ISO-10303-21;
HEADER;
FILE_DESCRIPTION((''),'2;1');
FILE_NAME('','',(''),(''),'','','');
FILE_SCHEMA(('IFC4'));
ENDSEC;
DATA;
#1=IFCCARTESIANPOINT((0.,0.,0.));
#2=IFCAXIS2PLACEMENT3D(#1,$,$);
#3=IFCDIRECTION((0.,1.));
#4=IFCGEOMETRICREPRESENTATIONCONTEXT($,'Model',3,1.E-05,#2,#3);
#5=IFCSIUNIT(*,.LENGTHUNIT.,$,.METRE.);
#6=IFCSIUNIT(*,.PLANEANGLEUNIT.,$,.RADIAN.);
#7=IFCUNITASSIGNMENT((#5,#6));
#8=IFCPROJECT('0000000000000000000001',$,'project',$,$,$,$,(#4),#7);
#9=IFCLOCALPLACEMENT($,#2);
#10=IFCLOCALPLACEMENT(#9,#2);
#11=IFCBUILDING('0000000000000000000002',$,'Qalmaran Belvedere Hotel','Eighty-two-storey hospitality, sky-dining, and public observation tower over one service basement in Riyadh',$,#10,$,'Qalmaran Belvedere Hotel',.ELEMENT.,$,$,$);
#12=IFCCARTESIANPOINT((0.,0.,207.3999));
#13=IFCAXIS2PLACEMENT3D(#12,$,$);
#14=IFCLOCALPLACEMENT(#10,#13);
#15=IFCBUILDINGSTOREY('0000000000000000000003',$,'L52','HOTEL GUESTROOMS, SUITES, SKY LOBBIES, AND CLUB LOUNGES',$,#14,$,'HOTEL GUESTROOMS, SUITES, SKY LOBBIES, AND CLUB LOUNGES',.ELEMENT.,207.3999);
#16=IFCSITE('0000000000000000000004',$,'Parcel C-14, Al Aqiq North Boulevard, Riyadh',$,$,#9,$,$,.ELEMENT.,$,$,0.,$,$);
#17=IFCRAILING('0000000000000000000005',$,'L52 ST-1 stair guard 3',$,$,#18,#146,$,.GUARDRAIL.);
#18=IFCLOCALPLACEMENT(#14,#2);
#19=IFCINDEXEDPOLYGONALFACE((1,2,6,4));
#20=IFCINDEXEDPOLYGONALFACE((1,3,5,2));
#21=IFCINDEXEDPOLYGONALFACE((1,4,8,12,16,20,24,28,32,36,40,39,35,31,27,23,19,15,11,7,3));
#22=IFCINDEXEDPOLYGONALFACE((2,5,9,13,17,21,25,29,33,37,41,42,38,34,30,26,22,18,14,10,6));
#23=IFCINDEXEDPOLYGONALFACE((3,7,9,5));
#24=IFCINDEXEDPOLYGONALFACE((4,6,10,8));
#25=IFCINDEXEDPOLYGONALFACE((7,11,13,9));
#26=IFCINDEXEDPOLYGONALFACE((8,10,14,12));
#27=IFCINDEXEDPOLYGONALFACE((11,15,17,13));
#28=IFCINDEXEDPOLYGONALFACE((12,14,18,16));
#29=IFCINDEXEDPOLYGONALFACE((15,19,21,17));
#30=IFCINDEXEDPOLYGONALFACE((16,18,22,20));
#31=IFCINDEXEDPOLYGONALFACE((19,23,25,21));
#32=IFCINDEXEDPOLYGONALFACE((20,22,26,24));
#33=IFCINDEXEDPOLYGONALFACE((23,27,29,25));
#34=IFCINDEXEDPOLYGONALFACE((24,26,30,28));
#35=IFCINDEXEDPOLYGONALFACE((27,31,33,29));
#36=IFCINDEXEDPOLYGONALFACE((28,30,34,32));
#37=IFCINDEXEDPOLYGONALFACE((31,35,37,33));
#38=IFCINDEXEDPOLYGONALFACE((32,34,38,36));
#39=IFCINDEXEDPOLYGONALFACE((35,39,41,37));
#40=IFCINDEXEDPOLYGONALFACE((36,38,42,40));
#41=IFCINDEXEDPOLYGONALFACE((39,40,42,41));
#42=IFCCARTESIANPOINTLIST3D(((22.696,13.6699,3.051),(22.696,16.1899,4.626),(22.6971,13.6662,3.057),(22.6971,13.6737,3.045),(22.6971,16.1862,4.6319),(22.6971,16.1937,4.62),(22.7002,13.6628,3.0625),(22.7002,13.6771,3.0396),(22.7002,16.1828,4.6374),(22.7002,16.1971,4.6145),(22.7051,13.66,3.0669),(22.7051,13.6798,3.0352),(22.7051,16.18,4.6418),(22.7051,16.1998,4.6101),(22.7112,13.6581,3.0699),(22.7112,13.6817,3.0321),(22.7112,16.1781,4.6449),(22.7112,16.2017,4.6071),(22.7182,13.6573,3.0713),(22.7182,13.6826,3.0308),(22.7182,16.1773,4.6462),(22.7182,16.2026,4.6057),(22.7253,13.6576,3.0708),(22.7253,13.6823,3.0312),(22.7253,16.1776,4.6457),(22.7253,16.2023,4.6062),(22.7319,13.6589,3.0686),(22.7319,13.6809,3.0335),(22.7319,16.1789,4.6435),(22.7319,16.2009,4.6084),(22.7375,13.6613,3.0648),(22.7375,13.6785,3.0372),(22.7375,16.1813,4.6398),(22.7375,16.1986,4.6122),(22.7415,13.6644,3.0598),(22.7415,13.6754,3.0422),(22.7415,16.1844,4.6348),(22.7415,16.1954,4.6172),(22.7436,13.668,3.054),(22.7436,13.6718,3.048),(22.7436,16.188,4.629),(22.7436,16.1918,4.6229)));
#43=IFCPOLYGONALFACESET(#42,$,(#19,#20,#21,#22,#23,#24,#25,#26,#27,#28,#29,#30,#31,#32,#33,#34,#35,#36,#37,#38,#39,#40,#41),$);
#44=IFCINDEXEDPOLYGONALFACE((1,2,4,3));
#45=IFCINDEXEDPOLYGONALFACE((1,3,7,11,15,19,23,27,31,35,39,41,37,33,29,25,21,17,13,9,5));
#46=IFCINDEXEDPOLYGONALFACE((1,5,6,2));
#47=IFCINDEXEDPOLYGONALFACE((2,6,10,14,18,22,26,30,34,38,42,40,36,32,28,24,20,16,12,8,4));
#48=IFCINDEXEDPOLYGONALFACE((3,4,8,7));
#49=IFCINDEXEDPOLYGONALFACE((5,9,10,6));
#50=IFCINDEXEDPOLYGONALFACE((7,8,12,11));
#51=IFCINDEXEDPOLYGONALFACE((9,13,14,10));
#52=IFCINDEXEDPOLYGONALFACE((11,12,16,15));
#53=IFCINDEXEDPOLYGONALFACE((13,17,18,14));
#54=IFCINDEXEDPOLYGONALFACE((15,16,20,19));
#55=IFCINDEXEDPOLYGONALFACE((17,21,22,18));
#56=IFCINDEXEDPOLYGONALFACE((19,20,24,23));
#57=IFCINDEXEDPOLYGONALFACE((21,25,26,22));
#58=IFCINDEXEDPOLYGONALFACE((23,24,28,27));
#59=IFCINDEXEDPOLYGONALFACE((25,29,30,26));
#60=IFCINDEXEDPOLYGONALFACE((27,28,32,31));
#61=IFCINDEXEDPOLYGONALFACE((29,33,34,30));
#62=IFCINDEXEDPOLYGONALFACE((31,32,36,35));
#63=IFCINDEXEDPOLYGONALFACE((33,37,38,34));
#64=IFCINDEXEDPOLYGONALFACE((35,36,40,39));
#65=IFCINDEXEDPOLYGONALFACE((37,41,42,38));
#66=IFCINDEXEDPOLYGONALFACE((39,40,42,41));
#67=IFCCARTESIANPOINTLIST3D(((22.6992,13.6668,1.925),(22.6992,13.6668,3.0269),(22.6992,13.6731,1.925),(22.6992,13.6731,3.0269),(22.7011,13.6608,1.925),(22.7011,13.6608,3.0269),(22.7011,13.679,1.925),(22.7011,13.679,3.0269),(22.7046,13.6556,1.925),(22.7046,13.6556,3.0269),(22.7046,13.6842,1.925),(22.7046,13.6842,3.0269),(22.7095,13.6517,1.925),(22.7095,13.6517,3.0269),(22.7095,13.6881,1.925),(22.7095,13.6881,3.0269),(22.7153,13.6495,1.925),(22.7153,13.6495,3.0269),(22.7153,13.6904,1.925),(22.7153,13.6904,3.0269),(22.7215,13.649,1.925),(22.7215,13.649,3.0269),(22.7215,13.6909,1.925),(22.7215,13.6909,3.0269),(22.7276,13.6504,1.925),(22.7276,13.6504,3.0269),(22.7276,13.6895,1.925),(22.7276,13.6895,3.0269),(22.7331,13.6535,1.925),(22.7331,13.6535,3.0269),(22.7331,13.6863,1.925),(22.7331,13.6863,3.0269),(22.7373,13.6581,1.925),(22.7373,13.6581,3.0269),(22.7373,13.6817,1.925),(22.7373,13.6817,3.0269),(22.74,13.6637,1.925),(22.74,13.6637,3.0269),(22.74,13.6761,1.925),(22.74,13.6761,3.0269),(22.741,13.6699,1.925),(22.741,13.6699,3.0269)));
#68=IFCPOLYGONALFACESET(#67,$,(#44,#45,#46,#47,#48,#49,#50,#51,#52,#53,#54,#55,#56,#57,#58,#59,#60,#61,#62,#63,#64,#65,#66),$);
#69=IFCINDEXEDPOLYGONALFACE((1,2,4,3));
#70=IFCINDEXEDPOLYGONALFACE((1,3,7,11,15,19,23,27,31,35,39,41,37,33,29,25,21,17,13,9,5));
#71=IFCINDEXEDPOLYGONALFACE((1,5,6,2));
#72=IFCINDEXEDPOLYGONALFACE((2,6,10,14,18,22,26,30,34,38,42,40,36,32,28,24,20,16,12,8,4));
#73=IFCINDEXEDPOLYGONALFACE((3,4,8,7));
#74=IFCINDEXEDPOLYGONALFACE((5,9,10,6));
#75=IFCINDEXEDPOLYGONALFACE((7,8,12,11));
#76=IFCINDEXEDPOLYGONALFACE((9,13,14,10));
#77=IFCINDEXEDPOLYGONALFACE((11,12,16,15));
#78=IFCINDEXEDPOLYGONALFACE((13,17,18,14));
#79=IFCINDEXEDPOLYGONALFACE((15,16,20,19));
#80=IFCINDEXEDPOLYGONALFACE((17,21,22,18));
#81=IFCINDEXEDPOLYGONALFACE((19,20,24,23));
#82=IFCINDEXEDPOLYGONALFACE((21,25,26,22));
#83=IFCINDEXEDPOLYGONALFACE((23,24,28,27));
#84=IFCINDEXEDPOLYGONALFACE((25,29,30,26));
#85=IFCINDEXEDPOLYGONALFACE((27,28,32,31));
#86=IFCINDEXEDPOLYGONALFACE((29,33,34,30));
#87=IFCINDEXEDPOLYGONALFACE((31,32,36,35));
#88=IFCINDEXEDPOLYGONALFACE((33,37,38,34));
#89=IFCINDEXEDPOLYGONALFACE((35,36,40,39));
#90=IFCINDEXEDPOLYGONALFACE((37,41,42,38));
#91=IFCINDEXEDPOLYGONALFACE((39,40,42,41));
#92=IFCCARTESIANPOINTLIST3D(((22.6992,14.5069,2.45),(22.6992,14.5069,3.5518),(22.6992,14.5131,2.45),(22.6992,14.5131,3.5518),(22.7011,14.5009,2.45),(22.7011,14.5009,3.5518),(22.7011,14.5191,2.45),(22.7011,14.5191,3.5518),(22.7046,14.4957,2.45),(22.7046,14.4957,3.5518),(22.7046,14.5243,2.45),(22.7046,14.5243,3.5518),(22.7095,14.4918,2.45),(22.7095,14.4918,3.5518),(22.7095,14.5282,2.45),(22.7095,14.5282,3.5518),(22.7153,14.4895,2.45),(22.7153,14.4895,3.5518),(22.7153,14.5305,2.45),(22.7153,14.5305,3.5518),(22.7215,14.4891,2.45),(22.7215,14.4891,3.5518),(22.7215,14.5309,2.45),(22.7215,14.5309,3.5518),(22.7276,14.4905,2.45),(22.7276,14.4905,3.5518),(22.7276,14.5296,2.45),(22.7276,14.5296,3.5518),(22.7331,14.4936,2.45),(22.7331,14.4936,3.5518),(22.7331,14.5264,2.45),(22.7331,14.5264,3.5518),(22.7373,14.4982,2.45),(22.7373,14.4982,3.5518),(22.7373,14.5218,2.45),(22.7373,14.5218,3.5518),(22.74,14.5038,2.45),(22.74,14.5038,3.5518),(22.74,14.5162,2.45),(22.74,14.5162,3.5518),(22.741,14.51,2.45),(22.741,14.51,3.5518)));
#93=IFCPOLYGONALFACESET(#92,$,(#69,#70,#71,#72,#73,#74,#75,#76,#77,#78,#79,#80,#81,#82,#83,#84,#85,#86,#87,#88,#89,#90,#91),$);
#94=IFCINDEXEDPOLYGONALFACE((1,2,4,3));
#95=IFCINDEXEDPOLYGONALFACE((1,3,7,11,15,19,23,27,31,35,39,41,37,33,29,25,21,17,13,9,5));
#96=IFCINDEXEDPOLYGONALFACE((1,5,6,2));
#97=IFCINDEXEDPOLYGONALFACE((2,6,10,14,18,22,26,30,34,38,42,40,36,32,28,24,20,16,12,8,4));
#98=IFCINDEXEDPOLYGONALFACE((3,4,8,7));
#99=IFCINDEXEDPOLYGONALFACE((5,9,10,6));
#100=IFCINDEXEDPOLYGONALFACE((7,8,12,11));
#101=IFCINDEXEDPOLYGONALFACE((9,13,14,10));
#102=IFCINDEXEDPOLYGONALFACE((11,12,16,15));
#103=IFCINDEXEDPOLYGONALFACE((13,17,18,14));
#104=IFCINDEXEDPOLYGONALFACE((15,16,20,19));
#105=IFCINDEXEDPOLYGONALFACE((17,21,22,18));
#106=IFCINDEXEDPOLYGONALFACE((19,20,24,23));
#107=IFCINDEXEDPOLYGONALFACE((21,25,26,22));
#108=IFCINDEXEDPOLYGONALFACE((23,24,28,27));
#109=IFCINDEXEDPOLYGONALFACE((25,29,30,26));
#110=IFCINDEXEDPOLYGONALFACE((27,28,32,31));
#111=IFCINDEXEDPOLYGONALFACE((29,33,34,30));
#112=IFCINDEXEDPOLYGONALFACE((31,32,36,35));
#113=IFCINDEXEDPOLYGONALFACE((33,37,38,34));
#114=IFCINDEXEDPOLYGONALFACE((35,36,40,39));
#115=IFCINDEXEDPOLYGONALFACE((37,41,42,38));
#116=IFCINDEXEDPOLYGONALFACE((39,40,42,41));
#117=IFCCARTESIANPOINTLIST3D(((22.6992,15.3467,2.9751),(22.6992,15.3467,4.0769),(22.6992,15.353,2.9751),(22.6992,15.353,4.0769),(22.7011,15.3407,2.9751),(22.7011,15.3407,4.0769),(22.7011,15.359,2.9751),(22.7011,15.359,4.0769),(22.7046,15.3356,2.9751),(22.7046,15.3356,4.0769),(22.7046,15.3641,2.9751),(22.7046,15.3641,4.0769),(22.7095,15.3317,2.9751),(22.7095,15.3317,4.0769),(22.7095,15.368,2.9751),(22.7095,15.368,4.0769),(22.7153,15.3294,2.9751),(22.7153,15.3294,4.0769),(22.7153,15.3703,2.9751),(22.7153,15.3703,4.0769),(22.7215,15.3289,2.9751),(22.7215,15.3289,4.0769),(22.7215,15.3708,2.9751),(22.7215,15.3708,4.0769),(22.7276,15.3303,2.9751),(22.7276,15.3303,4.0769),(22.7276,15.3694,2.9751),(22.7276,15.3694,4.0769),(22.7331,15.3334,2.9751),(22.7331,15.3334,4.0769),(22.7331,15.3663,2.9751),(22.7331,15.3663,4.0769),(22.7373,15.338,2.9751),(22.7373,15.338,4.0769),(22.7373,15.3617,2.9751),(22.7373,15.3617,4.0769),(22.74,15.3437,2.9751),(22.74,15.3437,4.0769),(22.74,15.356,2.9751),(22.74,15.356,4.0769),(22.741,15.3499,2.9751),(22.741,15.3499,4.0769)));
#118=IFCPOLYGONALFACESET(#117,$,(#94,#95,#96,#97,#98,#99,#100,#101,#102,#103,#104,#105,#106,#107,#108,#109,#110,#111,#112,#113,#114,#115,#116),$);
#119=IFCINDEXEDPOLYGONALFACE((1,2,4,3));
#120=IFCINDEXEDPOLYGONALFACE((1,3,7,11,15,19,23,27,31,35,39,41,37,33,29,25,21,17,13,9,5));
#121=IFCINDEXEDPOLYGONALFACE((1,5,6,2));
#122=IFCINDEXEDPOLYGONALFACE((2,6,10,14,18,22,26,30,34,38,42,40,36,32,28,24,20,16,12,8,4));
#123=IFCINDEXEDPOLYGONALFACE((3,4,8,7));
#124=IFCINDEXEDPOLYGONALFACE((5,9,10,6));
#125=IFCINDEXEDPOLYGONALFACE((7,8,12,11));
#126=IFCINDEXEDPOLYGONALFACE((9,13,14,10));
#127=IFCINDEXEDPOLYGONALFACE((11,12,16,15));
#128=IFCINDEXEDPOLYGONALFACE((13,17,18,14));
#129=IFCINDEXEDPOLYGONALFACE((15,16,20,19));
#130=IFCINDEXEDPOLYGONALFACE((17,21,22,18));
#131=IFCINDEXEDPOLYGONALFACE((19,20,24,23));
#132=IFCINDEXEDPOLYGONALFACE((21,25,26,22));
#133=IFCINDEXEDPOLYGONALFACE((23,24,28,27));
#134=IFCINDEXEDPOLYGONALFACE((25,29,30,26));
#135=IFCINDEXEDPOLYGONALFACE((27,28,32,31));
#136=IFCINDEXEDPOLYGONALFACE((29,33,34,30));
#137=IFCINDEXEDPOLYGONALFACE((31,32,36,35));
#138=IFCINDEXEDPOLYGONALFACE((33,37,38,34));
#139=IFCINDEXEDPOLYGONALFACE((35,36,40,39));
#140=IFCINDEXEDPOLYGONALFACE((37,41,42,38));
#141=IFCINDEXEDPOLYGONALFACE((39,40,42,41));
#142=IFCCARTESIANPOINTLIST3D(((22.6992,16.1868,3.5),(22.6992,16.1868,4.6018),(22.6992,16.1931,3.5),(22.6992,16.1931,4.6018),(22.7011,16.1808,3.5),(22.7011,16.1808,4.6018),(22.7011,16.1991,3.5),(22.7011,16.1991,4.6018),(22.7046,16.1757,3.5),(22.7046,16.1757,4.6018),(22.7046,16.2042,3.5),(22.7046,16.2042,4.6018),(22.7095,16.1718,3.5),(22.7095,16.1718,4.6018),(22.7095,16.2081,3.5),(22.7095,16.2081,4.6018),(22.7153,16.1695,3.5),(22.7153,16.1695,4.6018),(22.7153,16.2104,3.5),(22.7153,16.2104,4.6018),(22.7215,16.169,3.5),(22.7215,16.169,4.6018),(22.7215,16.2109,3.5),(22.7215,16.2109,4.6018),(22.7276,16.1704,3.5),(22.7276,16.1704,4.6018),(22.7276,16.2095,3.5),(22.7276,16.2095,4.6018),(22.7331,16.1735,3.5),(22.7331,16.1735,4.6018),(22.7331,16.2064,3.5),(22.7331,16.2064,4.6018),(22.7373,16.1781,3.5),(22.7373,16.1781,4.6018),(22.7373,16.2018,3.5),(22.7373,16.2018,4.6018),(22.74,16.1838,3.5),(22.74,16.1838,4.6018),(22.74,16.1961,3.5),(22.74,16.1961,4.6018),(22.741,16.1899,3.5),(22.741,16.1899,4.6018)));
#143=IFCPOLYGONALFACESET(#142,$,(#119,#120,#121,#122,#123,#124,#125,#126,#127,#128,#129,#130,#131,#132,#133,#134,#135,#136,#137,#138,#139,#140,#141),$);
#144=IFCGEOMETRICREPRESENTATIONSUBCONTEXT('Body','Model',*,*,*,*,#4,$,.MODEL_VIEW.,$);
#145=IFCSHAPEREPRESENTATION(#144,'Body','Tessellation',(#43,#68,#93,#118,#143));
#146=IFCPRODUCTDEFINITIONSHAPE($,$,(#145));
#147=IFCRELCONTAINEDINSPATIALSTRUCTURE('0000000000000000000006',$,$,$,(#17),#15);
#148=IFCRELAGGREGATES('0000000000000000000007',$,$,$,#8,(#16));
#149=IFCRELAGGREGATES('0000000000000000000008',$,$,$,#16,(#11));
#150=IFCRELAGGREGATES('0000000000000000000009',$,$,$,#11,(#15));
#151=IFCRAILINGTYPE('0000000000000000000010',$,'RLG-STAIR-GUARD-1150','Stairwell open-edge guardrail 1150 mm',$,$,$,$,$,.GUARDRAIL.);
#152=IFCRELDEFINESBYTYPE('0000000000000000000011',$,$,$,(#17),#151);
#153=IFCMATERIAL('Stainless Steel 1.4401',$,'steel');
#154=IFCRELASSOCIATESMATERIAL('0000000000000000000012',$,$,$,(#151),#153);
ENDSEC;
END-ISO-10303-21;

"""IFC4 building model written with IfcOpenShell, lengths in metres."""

from ifc_helpers import new_model, si_unit, direction, frame, origin, origin_2d, place, context, subcontext, project, spatial, circle, extrude, material, type_object, element, save


model = new_model("IFC4")

# Units and contexts
model_context = context("Model", 3, precision=1e-05, world=origin(), true_north=direction((0.0, 1.0)))
body_context = subcontext(model_context, "Body", "Model", "MODEL_VIEW")
ifc_project = project(units=[si_unit("LENGTHUNIT", "METRE"), si_unit("PLANEANGLEUNIT", "RADIAN")], contexts=[model_context])

# Site, building, storey
site_placement = place(None, origin())
site = spatial("IfcSite", under=ifc_project, at=site_placement, Name="Parcel C-14, Al Aqiq North Boulevard, Riyadh", CompositionType="ELEMENT", RefElevation=0.0)
building_placement = place(site_placement, origin())
building = spatial("IfcBuilding", under=site, at=building_placement, Name="Qalmaran Belvedere Hotel", Description="Eighty-two-storey hospitality, sky-dining, and public observation tower over one service basement in Riyadh", LongName="Qalmaran Belvedere Hotel", CompositionType="ELEMENT")
storey_placement = place(building_placement, frame((0.0, 0.0, 207.3999)))
storey = spatial("IfcBuildingStorey", under=building, at=storey_placement, Name="L52", Description="HOTEL GUESTROOMS, SUITES, SKY LOBBIES, AND CLUB LOUNGES", LongName="HOTEL GUESTROOMS, SUITES, SKY LOBBIES, AND CLUB LOUNGES", CompositionType="ELEMENT", Elevation=207.3999)

# Shared definitions
ifc_material_1 = material(Name="Stainless Steel 1.4401", Category="steel")

# Railing
railing_type_1 = type_object("IfcRailingType", Name="RLG-STAIR-GUARD-1150", Description="Stairwell open-edge guardrail 1150 mm", PredefinedType="GUARDRAIL", material=ifc_material_1)
railing_1_placement = place(storey_placement, frame((22.72, 13.6699, 1.925)))
element("IfcRailing", 1, at=railing_1_placement, inside=storey, type_object=railing_type_1, Name="L52 ST-1 stair guard 3", PredefinedType="GUARDRAIL", context=body_context, shape_type="SweptSolid", body=[
    extrude(circle(Radius=0.0239, at=origin_2d()), frame((0.0, 0.0, 1.126), z_axis=(0.0, 0.848008, 0.529984), x_axis=(-1.0, 0.0, 0.0)), (0.0, 0.0, 1.0), 2.9717),
    extrude(circle(Radius=0.021, at=origin_2d()), origin(), (0.0, 0.0, 1.0), 1.1018),
    extrude(circle(Radius=0.021, at=origin_2d()), frame((0.0, 0.8401, 0.5249)), (0.0, 0.0, 1.0), 1.1018),
    extrude(circle(Radius=0.021, at=origin_2d()), frame((0.0, 1.6799, 1.05)), (0.0, 0.0, 1.0), 1.1018),
    extrude(circle(Radius=0.021, at=origin_2d()), frame((0.0, 2.52, 1.575)), (0.0, 0.0, 1.0), 1.1018),
])

save(model, "model.ifc")
